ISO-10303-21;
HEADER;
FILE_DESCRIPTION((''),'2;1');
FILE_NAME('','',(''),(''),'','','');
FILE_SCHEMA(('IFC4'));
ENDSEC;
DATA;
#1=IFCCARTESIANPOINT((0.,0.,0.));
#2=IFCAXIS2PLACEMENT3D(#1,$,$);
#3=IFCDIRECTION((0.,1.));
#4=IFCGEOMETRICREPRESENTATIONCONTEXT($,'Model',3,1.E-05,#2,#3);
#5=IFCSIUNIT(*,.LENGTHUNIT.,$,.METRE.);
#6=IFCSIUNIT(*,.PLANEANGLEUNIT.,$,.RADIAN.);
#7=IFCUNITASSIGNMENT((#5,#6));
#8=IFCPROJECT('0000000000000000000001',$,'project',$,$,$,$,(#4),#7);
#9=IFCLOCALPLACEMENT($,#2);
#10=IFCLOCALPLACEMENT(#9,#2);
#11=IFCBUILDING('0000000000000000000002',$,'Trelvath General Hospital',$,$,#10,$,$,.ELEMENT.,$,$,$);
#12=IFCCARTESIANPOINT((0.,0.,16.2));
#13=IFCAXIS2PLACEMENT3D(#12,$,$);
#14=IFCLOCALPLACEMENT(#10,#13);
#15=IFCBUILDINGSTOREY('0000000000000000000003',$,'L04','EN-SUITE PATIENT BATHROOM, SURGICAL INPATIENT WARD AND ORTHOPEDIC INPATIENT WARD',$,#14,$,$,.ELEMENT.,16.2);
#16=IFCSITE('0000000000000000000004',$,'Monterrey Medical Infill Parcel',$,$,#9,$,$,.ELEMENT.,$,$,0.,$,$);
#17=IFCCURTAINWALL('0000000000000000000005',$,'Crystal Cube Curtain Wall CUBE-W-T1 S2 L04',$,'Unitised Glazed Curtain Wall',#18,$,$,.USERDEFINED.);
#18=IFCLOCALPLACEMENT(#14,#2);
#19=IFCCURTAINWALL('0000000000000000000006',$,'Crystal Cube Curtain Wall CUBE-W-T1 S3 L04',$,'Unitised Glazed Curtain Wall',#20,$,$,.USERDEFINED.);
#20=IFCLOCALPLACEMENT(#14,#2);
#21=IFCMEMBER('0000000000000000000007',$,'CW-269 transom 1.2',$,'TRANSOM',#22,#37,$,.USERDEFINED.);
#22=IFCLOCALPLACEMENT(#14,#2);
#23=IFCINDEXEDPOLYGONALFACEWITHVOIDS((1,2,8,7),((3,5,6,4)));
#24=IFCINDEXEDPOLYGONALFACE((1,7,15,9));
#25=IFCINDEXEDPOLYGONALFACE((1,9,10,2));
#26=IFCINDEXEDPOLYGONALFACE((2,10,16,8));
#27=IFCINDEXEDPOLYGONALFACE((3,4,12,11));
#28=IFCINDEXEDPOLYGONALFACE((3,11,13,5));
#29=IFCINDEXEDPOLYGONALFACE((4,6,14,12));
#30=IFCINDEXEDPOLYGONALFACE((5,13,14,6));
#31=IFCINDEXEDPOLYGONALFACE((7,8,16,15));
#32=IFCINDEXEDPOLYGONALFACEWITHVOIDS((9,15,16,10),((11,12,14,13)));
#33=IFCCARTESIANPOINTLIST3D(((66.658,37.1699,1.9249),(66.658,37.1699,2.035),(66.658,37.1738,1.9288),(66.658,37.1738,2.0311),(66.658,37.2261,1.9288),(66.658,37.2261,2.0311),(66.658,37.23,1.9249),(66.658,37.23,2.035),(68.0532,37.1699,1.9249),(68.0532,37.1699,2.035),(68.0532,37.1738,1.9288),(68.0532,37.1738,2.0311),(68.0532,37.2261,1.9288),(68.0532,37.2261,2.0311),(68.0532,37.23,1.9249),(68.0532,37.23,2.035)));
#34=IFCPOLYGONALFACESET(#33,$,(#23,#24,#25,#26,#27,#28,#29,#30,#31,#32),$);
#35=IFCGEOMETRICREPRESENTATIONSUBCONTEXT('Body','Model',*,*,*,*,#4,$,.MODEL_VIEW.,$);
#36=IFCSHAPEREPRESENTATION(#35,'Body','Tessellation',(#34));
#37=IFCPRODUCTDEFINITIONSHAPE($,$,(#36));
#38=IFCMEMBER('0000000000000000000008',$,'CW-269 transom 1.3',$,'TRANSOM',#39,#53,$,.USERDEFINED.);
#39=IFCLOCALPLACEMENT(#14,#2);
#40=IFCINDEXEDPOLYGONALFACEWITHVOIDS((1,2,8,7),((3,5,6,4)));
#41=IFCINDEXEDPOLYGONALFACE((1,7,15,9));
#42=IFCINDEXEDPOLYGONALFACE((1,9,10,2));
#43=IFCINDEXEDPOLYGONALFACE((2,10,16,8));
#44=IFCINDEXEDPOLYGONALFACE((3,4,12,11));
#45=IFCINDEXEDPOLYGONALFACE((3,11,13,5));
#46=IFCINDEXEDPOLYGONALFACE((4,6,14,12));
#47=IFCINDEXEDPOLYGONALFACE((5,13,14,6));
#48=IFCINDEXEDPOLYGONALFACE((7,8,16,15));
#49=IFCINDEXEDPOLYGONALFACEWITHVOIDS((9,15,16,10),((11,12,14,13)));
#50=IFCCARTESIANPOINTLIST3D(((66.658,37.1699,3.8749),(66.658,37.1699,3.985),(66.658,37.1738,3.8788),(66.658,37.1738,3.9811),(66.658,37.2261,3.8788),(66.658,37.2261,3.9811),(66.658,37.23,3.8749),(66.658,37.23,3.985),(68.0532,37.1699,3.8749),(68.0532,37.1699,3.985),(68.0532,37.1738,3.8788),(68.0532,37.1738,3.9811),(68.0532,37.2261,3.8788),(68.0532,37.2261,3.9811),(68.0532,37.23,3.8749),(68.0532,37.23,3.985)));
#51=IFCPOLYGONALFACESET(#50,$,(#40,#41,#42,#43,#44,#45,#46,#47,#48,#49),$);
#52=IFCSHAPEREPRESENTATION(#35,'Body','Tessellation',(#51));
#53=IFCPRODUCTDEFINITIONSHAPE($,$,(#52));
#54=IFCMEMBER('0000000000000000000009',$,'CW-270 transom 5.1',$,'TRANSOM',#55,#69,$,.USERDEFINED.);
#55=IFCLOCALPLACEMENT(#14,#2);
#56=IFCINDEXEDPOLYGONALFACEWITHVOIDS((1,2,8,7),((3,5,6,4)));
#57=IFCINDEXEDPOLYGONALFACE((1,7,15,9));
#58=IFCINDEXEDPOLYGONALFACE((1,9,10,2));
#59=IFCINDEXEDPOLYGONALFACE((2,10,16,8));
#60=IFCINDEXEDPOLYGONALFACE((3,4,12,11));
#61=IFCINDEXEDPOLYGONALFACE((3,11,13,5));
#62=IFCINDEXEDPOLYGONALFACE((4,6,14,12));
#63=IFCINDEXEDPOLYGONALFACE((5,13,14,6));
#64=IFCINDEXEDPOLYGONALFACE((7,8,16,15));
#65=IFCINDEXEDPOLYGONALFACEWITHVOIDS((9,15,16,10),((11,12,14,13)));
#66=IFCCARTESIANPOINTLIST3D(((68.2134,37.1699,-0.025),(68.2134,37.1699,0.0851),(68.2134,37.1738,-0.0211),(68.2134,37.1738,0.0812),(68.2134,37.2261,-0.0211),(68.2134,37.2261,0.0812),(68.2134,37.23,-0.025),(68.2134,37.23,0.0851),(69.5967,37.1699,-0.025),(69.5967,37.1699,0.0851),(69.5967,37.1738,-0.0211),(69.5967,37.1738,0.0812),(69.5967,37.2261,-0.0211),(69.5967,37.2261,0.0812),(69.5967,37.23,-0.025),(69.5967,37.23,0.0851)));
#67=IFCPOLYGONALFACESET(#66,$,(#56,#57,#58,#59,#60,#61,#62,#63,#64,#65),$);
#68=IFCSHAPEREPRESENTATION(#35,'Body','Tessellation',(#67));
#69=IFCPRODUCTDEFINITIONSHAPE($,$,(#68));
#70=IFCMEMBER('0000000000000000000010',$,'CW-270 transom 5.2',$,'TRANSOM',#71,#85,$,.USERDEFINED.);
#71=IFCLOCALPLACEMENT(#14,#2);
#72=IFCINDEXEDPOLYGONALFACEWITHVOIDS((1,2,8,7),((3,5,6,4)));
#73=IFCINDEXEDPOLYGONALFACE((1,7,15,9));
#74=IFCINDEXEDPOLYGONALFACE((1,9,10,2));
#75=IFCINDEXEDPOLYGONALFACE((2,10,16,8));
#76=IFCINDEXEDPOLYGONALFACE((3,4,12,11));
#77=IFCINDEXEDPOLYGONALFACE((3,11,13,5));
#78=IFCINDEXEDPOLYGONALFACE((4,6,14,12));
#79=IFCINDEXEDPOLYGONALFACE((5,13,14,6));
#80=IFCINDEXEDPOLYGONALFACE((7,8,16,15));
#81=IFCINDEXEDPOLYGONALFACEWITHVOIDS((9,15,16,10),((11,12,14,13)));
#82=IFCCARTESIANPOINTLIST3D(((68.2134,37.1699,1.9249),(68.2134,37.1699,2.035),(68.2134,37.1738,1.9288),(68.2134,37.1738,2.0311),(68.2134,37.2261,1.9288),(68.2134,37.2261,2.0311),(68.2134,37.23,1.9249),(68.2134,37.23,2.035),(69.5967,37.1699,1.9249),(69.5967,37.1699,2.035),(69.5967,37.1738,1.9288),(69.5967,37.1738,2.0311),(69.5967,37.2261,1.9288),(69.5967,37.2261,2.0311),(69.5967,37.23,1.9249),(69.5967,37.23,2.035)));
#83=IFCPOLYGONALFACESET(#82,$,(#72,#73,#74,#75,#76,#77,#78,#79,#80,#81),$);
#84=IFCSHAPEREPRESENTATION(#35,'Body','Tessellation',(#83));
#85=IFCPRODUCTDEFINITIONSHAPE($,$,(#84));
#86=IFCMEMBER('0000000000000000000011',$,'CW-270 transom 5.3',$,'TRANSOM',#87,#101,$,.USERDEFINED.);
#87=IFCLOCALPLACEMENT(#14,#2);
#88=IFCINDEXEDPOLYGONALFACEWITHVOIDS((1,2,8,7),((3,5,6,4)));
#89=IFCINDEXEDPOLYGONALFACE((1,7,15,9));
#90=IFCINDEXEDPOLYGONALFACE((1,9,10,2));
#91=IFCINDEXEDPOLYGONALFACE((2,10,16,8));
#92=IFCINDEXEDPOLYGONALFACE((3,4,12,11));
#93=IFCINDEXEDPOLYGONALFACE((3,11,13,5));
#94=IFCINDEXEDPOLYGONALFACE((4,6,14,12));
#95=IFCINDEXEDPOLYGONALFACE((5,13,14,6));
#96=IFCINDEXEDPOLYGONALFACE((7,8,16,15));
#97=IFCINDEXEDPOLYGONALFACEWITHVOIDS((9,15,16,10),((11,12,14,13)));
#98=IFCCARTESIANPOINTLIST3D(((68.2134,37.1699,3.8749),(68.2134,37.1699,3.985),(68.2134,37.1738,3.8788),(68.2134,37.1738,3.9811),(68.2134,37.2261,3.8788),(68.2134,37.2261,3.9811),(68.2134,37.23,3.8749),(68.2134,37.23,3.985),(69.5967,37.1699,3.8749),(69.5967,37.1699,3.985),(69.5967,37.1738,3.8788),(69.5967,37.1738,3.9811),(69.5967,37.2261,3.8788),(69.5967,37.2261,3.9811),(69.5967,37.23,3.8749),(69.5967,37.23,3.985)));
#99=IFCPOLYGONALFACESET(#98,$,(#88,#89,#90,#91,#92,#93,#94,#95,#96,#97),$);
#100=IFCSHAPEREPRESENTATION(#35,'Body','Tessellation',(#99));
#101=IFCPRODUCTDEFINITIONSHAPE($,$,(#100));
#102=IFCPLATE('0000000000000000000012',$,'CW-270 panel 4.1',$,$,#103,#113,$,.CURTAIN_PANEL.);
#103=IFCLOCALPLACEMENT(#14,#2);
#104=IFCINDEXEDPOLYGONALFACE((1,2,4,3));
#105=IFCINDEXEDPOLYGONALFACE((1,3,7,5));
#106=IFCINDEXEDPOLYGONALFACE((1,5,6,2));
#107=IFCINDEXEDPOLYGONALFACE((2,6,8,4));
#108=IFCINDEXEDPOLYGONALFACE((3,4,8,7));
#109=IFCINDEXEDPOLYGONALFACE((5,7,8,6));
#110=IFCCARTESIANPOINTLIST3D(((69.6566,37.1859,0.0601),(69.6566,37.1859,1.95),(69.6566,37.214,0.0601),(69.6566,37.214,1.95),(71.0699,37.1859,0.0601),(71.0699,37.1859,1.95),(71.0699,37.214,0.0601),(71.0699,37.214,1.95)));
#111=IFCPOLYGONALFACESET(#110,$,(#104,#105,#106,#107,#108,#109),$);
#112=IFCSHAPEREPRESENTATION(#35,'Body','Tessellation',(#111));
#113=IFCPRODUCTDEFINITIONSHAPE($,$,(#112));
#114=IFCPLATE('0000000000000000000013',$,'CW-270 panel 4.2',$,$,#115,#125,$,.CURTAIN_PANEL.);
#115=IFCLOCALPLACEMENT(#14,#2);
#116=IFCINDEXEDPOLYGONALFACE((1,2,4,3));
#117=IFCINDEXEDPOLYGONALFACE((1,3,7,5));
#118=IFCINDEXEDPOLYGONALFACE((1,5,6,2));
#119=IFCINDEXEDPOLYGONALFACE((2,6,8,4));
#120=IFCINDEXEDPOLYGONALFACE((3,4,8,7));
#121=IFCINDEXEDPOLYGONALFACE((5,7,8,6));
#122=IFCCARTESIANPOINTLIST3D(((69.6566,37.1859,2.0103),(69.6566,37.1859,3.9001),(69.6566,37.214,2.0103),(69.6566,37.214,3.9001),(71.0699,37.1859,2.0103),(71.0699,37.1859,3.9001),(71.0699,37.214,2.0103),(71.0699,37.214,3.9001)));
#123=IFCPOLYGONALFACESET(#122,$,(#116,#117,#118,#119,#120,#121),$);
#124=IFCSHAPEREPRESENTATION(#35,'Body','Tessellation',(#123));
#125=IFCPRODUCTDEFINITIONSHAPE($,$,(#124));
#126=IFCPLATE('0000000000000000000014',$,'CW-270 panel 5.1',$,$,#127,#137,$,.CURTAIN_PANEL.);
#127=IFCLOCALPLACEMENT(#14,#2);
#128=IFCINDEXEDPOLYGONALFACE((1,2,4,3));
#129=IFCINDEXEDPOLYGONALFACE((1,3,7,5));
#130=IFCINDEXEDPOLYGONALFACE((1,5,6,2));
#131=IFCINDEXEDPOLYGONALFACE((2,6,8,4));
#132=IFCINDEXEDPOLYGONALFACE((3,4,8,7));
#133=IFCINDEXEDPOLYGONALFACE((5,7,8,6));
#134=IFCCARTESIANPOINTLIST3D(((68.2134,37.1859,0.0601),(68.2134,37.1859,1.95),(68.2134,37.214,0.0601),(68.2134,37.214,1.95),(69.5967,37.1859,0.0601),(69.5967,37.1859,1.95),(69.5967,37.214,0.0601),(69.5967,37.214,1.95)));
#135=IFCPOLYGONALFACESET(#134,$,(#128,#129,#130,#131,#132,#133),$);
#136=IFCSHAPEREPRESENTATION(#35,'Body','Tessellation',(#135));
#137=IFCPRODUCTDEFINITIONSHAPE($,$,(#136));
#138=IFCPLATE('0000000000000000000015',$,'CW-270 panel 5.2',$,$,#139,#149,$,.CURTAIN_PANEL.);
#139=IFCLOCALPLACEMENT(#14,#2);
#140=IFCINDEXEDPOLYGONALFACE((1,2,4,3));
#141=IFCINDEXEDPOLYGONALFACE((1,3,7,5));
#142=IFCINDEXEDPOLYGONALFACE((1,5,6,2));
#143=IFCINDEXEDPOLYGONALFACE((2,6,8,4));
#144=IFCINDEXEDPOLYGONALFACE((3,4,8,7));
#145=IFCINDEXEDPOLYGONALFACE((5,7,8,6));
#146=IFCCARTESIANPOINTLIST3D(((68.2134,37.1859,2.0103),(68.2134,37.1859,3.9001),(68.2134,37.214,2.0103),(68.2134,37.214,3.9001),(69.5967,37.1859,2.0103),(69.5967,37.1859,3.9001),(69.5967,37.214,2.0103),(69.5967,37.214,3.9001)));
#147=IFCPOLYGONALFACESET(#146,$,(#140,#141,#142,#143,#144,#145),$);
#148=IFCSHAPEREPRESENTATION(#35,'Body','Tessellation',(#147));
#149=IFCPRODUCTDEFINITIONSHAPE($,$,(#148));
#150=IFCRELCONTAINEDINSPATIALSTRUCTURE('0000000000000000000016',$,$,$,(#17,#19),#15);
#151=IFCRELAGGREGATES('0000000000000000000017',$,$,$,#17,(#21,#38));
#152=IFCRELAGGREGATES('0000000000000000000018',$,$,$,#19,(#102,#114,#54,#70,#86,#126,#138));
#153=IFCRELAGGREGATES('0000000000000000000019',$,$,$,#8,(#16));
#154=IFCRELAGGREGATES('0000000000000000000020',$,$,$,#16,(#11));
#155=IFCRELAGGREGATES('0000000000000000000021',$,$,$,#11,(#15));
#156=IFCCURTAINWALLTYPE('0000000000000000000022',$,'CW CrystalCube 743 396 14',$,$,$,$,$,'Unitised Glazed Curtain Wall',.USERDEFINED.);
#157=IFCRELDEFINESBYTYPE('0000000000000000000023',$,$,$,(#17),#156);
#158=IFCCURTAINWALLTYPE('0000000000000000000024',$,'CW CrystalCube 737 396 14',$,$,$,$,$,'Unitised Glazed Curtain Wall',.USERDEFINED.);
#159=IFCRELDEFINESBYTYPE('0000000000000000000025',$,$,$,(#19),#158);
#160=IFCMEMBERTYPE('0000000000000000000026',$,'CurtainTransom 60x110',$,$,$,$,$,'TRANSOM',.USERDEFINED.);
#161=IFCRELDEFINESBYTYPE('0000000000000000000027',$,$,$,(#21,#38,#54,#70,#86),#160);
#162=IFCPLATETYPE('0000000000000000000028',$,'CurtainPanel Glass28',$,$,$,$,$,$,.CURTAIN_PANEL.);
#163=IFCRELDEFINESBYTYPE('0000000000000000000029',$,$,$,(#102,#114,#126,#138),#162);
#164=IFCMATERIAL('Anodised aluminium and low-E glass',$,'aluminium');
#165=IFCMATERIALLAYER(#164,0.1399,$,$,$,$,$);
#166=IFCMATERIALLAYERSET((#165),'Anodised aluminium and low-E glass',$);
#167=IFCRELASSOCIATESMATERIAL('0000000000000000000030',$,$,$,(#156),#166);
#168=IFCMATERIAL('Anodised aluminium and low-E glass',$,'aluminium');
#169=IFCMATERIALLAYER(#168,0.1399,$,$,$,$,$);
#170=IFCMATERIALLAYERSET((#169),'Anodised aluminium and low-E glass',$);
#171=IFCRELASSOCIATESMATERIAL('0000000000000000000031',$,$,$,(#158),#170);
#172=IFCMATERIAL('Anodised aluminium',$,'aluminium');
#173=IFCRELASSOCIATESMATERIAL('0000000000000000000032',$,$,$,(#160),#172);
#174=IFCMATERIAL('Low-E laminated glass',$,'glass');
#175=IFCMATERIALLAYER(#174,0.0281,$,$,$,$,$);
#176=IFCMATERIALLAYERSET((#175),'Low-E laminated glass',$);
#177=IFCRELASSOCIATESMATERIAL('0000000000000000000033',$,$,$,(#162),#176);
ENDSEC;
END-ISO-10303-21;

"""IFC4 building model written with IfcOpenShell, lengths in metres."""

from ifc_helpers import new_model, si_unit, direction, frame, origin, origin_2d, place, context, subcontext, project, spatial, rectangle, hollow_rectangle, extrude, material, layer, layer_set, material_profile, profile_set, type_object, element, aggregate, save


model = new_model("IFC4")

# Units and contexts
model_context = context("Model", 3, precision=1e-05, world=origin(), true_north=direction((0.0, 1.0)))
body_context = subcontext(model_context, "Body", "Model", "MODEL_VIEW")
ifc_project = project(units=[si_unit("LENGTHUNIT", "METRE"), si_unit("PLANEANGLEUNIT", "RADIAN")], contexts=[model_context])

# Site, building, storey
site_placement = place(None, origin())
site = spatial("IfcSite", under=ifc_project, at=site_placement, Name="Monterrey Medical Infill Parcel", CompositionType="ELEMENT", RefElevation=0.0)
building_placement = place(site_placement, origin())
building = spatial("IfcBuilding", under=site, at=building_placement, Name="Trelvath General Hospital", CompositionType="ELEMENT")
storey_placement = place(building_placement, frame((0.0, 0.0, 16.2)))
storey = spatial("IfcBuildingStorey", under=building, at=storey_placement, Name="L04", Description="EN-SUITE PATIENT BATHROOM, SURGICAL INPATIENT WARD AND ORTHOPEDIC INPATIENT WARD", CompositionType="ELEMENT", Elevation=16.2)

# Curtain wall
ifc_material_1 = material(Name="Anodised aluminium and low-E glass", Category="aluminium")
ifc_layer_1 = layer(ifc_material_1, 0.1399)
ifc_layer_set_1 = layer_set([ifc_layer_1], Name="Anodised aluminium and low-E glass")
curtain_wall_type_1 = type_object("IfcCurtainWallType", Name="CW CrystalCube 743 396 14", ElementType="Unitised Glazed Curtain Wall", PredefinedType="USERDEFINED", material=ifc_layer_set_1)
curtain_wall_1_placement = place(storey_placement, origin())
curtain_wall_1 = element("IfcCurtainWall", 1, at=curtain_wall_1_placement, inside=storey, type_object=curtain_wall_type_1, Name="Crystal Cube Curtain Wall CUBE-W-T1 S2 L04", ObjectType="Unitised Glazed Curtain Wall", PredefinedType="USERDEFINED")

# Curtain wall
ifc_material_2 = material(Name="Anodised aluminium and low-E glass", Category="aluminium")
ifc_layer_2 = layer(ifc_material_2, 0.1399)
ifc_layer_set_2 = layer_set([ifc_layer_2], Name="Anodised aluminium and low-E glass")
curtain_wall_type_2 = type_object("IfcCurtainWallType", Name="CW CrystalCube 737 396 14", ElementType="Unitised Glazed Curtain Wall", PredefinedType="USERDEFINED", material=ifc_layer_set_2)
curtain_wall_2_placement = place(storey_placement, origin())
curtain_wall_2 = element("IfcCurtainWall", 2, at=curtain_wall_2_placement, inside=storey, type_object=curtain_wall_type_2, Name="Crystal Cube Curtain Wall CUBE-W-T1 S3 L04", ObjectType="Unitised Glazed Curtain Wall", PredefinedType="USERDEFINED")

# Members
ifc_material_3 = material(Name="Anodised aluminium", Category="aluminium")
ifc_material_profile_1 = material_profile(ifc_material_3, hollow_rectangle(XDim=0.0601, YDim=0.1101, WallThickness=0.0039, at=origin_2d()), Name="RHS60x110x4")
ifc_profile_set_1 = profile_set([ifc_material_profile_1], Name="Anodised aluminium")
member_type_1 = type_object("IfcMemberType", Name="CurtainTransom 60x110", ElementType="TRANSOM", PredefinedType="USERDEFINED", material=ifc_profile_set_1)
member_1_placement = place(storey_placement, frame((68.0532, 37.2, 1.98), z_axis=(-1.0, 0.0, 0.0), x_axis=(0.0, -1.0, 0.0)))
member_1 = element("IfcMember", 3, at=member_1_placement, type_object=member_type_1, Name="CW-269 transom 1.2", ObjectType="TRANSOM", PredefinedType="USERDEFINED", context=body_context, shape_type="SweptSolid", body=[
    extrude(hollow_rectangle(XDim=0.0601, YDim=0.1101, WallThickness=0.0039, at=origin_2d()), origin(), (0.0, 0.0, 1.0), 1.3953),
])
member_2_placement = place(storey_placement, frame((68.0532, 37.2, 3.9299), z_axis=(-1.0, 0.0, 0.0), x_axis=(0.0, -1.0, 0.0)))
member_2 = element("IfcMember", 4, at=member_2_placement, type_object=member_type_1, Name="CW-269 transom 1.3", ObjectType="TRANSOM", PredefinedType="USERDEFINED", context=body_context, shape_type="SweptSolid", body=[
    extrude(hollow_rectangle(XDim=0.0601, YDim=0.1101, WallThickness=0.0039, at=origin_2d()), origin(), (0.0, 0.0, 1.0), 1.3953),
])
aggregate(curtain_wall_1, [member_1, member_2])
member_3_placement = place(storey_placement, frame((69.5967, 37.2, 0.03), z_axis=(-1.0, 0.0, 0.0), x_axis=(0.0, -1.0, 0.0)))
member_3 = element("IfcMember", 5, at=member_3_placement, type_object=member_type_1, Name="CW-270 transom 5.1", ObjectType="TRANSOM", PredefinedType="USERDEFINED", context=body_context, shape_type="SweptSolid", body=[
    extrude(hollow_rectangle(XDim=0.0601, YDim=0.1101, WallThickness=0.0039, at=origin_2d()), origin(), (0.0, 0.0, 1.0), 1.3833),
])
member_4_placement = place(storey_placement, frame((69.5967, 37.2, 1.98), z_axis=(-1.0, 0.0, 0.0), x_axis=(0.0, -1.0, 0.0)))
member_4 = element("IfcMember", 6, at=member_4_placement, type_object=member_type_1, Name="CW-270 transom 5.2", ObjectType="TRANSOM", PredefinedType="USERDEFINED", context=body_context, shape_type="SweptSolid", body=[
    extrude(hollow_rectangle(XDim=0.0601, YDim=0.1101, WallThickness=0.0039, at=origin_2d()), origin(), (0.0, 0.0, 1.0), 1.3833),
])
member_5_placement = place(storey_placement, frame((69.5967, 37.2, 3.9299), z_axis=(-1.0, 0.0, 0.0), x_axis=(0.0, -1.0, 0.0)))
member_5 = element("IfcMember", 7, at=member_5_placement, type_object=member_type_1, Name="CW-270 transom 5.3", ObjectType="TRANSOM", PredefinedType="USERDEFINED", context=body_context, shape_type="SweptSolid", body=[
    extrude(hollow_rectangle(XDim=0.0601, YDim=0.1101, WallThickness=0.0039, at=origin_2d()), origin(), (0.0, 0.0, 1.0), 1.3833),
])

# Plates
ifc_material_4 = material(Name="Low-E laminated glass", Category="glass")
ifc_layer_3 = layer(ifc_material_4, 0.0281)
ifc_layer_set_3 = layer_set([ifc_layer_3], Name="Low-E laminated glass")
plate_type = type_object("IfcPlateType", Name="CurtainPanel Glass28", PredefinedType="CURTAIN_PANEL", material=ifc_layer_set_3)
plate_1_placement = place(storey_placement, frame((70.3633, 37.2, 0.0601), z_axis=(0.0, 0.0, 1.0), x_axis=(-1.0, 0.0, 0.0)))
plate_1 = element("IfcPlate", 8, at=plate_1_placement, type_object=plate_type, Name="CW-270 panel 4.1", PredefinedType="CURTAIN_PANEL", context=body_context, shape_type="SweptSolid", body=[
    extrude(rectangle(XDim=1.4133, YDim=0.0281, at=origin_2d()), origin(), (0.0, 0.0, 1.0), 1.8899),
])
plate_2_placement = place(storey_placement, frame((70.3633, 37.2, 2.0103), z_axis=(0.0, 0.0, 1.0), x_axis=(-1.0, 0.0, 0.0)))
plate_2 = element("IfcPlate", 9, at=plate_2_placement, type_object=plate_type, Name="CW-270 panel 4.2", PredefinedType="CURTAIN_PANEL", context=body_context, shape_type="SweptSolid", body=[
    extrude(rectangle(XDim=1.4133, YDim=0.0281, at=origin_2d()), origin(), (0.0, 0.0, 1.0), 1.8899),
])
plate_3_placement = place(storey_placement, frame((68.905, 37.2, 0.0601), z_axis=(0.0, 0.0, 1.0), x_axis=(-1.0, 0.0, 0.0)))
plate_3 = element("IfcPlate", 10, at=plate_3_placement, type_object=plate_type, Name="CW-270 panel 5.1", PredefinedType="CURTAIN_PANEL", context=body_context, shape_type="SweptSolid", body=[
    extrude(rectangle(XDim=1.3833, YDim=0.0281, at=origin_2d()), origin(), (0.0, 0.0, 1.0), 1.8899),
])
plate_4_placement = place(storey_placement, frame((68.905, 37.2, 2.0103), z_axis=(0.0, 0.0, 1.0), x_axis=(-1.0, 0.0, 0.0)))
plate_4 = element("IfcPlate", 11, at=plate_4_placement, type_object=plate_type, Name="CW-270 panel 5.2", PredefinedType="CURTAIN_PANEL", context=body_context, shape_type="SweptSolid", body=[
    extrude(rectangle(XDim=1.3833, YDim=0.0281, at=origin_2d()), origin(), (0.0, 0.0, 1.0), 1.8899),
])
aggregate(curtain_wall_2, [plate_1, plate_2, member_3, member_4, member_5, plate_3, plate_4])

save(model, "model.ifc")
